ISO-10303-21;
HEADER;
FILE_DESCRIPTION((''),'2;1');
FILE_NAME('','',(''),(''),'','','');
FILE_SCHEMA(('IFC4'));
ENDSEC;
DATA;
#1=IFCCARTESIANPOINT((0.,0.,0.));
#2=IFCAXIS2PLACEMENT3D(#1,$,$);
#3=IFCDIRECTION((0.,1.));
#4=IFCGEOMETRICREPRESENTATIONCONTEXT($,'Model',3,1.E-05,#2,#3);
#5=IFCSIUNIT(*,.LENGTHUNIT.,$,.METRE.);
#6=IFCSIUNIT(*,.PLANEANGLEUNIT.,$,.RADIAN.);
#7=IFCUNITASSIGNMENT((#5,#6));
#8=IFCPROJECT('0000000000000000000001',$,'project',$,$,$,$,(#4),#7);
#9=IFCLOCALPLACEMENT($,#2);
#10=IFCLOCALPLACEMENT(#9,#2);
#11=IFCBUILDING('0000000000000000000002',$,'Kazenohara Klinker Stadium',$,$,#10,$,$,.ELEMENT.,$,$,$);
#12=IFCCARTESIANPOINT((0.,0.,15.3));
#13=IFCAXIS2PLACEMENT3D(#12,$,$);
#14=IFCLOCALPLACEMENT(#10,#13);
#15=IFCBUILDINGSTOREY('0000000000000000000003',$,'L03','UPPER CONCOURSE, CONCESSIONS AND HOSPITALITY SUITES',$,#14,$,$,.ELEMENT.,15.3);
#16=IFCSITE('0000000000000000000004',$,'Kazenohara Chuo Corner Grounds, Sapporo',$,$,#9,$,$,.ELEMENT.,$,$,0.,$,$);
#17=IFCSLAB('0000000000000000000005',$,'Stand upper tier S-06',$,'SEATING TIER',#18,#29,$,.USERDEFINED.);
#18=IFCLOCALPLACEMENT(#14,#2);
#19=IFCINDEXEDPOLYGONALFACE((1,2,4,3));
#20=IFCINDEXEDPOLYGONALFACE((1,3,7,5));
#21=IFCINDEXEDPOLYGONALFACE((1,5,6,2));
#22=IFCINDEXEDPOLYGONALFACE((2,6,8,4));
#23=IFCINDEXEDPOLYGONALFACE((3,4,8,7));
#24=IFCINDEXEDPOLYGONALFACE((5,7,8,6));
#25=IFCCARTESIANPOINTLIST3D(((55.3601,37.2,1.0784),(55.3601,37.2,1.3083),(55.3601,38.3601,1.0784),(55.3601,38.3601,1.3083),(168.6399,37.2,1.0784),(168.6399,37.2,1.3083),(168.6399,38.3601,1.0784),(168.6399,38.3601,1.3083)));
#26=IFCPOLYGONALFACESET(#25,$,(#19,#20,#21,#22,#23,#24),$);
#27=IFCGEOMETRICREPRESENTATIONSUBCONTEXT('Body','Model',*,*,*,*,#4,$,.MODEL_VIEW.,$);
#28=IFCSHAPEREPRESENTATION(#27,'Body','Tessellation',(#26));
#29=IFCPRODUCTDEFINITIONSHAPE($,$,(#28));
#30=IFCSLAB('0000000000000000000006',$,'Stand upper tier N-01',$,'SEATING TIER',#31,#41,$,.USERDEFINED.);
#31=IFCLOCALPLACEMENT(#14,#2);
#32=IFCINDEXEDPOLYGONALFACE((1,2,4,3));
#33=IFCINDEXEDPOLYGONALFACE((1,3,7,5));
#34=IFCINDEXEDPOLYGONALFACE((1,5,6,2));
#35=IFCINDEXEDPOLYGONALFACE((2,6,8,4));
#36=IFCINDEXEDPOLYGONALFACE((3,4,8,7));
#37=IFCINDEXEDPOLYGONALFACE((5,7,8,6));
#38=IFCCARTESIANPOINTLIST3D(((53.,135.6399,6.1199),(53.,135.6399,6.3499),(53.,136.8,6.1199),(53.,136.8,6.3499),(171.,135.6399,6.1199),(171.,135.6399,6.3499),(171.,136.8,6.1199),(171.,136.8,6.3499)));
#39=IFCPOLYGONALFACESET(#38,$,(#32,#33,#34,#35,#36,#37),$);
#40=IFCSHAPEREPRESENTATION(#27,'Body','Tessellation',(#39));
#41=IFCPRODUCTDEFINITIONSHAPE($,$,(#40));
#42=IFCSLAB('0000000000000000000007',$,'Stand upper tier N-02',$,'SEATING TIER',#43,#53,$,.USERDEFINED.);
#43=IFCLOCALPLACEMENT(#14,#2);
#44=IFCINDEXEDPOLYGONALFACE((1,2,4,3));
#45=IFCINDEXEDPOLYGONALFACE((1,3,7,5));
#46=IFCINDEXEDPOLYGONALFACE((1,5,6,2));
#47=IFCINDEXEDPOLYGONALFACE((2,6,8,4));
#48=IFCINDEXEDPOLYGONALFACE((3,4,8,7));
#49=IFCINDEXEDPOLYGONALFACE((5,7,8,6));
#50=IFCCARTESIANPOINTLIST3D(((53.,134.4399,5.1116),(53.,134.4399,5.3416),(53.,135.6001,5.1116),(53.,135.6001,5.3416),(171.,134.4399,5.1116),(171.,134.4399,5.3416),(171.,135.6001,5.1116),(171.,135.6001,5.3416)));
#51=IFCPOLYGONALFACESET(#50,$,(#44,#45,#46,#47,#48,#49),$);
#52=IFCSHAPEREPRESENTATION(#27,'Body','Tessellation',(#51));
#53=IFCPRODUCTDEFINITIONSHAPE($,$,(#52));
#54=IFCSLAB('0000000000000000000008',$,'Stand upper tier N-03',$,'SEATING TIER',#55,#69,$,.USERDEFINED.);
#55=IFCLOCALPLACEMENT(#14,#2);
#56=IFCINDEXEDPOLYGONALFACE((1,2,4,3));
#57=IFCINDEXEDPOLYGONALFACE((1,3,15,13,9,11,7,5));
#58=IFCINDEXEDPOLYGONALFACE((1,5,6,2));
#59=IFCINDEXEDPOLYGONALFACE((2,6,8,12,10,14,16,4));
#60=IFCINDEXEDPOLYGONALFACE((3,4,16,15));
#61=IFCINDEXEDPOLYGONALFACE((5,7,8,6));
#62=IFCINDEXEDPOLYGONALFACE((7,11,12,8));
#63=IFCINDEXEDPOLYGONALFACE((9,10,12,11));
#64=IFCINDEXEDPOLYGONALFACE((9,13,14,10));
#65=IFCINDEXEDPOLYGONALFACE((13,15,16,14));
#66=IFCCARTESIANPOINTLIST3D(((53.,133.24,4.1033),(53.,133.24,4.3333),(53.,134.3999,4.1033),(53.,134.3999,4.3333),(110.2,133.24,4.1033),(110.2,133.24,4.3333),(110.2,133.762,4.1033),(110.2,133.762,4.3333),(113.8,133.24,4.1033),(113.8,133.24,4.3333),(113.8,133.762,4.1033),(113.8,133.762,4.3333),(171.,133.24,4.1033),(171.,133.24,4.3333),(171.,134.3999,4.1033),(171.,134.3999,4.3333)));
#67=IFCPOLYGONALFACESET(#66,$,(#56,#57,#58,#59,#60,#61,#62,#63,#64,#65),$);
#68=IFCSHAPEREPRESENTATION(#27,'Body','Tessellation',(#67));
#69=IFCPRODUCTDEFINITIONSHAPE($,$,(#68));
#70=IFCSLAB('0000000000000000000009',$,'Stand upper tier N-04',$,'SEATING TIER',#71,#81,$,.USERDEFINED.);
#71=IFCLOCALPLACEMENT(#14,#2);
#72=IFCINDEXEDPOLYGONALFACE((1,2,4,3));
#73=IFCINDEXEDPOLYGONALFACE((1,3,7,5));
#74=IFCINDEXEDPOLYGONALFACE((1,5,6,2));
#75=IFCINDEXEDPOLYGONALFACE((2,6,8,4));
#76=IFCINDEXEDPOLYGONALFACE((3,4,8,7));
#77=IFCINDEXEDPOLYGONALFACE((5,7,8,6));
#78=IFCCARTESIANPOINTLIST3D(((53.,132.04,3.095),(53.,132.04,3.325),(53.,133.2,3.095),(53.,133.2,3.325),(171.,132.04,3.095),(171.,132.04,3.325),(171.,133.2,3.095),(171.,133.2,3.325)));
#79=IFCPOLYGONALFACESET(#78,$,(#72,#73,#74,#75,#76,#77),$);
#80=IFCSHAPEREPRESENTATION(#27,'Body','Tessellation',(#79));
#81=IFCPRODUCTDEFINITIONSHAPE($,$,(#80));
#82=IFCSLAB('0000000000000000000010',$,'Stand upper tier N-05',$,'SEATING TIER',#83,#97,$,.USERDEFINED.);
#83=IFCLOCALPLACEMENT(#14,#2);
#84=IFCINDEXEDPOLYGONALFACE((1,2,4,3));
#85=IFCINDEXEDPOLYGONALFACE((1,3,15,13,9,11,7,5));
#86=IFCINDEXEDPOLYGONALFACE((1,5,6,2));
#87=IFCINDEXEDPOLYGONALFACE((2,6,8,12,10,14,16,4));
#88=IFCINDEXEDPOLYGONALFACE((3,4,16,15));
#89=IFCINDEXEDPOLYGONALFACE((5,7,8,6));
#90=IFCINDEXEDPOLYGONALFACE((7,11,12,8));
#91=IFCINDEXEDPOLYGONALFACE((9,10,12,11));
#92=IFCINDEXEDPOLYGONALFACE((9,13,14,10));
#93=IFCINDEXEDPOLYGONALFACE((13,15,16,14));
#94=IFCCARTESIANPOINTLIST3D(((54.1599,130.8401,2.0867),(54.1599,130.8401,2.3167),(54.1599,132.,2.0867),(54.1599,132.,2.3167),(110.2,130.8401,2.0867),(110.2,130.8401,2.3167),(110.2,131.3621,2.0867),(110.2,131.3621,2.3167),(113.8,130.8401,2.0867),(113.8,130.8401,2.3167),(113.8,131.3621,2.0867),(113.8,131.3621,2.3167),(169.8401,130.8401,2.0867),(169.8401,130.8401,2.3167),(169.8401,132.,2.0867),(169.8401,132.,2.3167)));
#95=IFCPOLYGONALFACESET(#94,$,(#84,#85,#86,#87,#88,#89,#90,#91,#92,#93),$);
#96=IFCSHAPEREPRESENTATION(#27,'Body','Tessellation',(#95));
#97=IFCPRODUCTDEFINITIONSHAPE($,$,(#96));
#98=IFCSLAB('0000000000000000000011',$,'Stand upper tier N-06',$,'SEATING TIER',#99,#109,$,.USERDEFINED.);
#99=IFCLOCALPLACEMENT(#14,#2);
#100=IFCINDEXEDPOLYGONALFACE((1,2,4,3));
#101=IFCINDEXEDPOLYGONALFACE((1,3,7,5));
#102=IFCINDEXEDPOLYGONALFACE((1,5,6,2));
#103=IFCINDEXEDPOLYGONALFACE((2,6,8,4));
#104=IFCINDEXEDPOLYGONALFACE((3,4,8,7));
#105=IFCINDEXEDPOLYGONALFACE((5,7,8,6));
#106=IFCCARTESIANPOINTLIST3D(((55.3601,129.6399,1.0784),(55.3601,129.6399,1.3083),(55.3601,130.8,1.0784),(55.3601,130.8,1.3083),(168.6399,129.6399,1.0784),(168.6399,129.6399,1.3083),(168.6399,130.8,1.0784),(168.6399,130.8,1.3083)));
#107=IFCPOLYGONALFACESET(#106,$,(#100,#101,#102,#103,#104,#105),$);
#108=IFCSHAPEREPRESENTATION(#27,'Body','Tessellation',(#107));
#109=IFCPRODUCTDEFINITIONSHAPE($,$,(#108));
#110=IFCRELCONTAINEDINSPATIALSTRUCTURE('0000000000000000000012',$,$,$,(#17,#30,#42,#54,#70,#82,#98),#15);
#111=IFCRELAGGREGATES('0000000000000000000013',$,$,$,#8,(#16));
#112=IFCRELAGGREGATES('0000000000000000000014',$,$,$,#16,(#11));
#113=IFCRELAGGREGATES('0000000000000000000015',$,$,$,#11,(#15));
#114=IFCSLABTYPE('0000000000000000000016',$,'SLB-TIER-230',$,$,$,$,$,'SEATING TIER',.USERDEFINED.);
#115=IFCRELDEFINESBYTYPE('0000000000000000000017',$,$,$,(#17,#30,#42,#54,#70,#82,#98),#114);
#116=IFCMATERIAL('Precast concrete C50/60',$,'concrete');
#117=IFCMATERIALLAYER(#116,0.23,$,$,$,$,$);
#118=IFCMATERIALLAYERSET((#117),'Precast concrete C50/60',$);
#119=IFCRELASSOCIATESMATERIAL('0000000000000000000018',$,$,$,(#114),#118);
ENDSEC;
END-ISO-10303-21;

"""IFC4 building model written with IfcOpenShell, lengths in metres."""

from ifc_helpers import new_model, si_unit, direction, frame, origin, place, context, subcontext, project, spatial, polyline, outline, extrude, material, layer, layer_set, type_object, element, save


model = new_model("IFC4")

# Units and contexts
model_context = context("Model", 3, precision=1e-05, world=origin(), true_north=direction((0.0, 1.0)))
body_context = subcontext(model_context, "Body", "Model", "MODEL_VIEW")
ifc_project = project(units=[si_unit("LENGTHUNIT", "METRE"), si_unit("PLANEANGLEUNIT", "RADIAN")], contexts=[model_context])

# Site, building, storey
site_placement = place(None, origin())
site = spatial("IfcSite", under=ifc_project, at=site_placement, Name="Kazenohara Chuo Corner Grounds, Sapporo", CompositionType="ELEMENT", RefElevation=0.0)
building_placement = place(site_placement, origin())
building = spatial("IfcBuilding", under=site, at=building_placement, Name="Kazenohara Klinker Stadium", CompositionType="ELEMENT")
storey_placement = place(building_placement, frame((0.0, 0.0, 15.3)))
storey = spatial("IfcBuildingStorey", under=building, at=storey_placement, Name="L03", Description="UPPER CONCOURSE, CONCESSIONS AND HOSPITALITY SUITES", CompositionType="ELEMENT", Elevation=15.3)

# Slabs
ifc_material_1 = material(Name="Precast concrete C50/60", Category="concrete")
ifc_layer_1 = layer(ifc_material_1, 0.23)
ifc_layer_set_1 = layer_set([ifc_layer_1], Name="Precast concrete C50/60")
slab_type_1 = type_object("IfcSlabType", Name="SLB-TIER-230", ElementType="SEATING TIER", PredefinedType="USERDEFINED", material=ifc_layer_set_1)
slab_1_placement = place(storey_placement, frame((0.0, 0.0, 1.0784)))
element("IfcSlab", 1, at=slab_1_placement, inside=storey, type_object=slab_type_1, Name="Stand upper tier S-06", ObjectType="SEATING TIER", PredefinedType="USERDEFINED", context=body_context, shape_type="SweptSolid", body=[
    extrude(outline(polyline([(55.3601, 37.2), (168.6399, 37.2), (168.6399, 38.3601), (55.3601, 38.3601), (55.3601, 37.2)])), origin(), (0.0, 0.0, 1.0), 0.23),
])
slab_2_placement = place(storey_placement, frame((0.0, 0.0, 6.1199)))
element("IfcSlab", 2, at=slab_2_placement, inside=storey, type_object=slab_type_1, Name="Stand upper tier N-01", ObjectType="SEATING TIER", PredefinedType="USERDEFINED", context=body_context, shape_type="SweptSolid", body=[
    extrude(outline(polyline([(53.0, 135.6399), (171.0, 135.6399), (171.0, 136.8), (53.0, 136.8), (53.0, 135.6399)])), origin(), (0.0, 0.0, 1.0), 0.23),
])
slab_3_placement = place(storey_placement, frame((0.0, 0.0, 5.1116)))
element("IfcSlab", 3, at=slab_3_placement, inside=storey, type_object=slab_type_1, Name="Stand upper tier N-02", ObjectType="SEATING TIER", PredefinedType="USERDEFINED", context=body_context, shape_type="SweptSolid", body=[
    extrude(outline(polyline([(53.0, 134.4399), (171.0, 134.4399), (171.0, 135.6001), (53.0, 135.6001), (53.0, 134.4399)])), origin(), (0.0, 0.0, 1.0), 0.23),
])
slab_4_placement = place(storey_placement, frame((0.0, 0.0, 4.1033)))
element("IfcSlab", 4, at=slab_4_placement, inside=storey, type_object=slab_type_1, Name="Stand upper tier N-03", ObjectType="SEATING TIER", PredefinedType="USERDEFINED", context=body_context, shape_type="SweptSolid", body=[
    extrude(outline(polyline([(53.0, 133.24), (110.2, 133.24), (110.2, 133.762), (113.8, 133.762), (113.8, 133.24), (171.0, 133.24), (171.0, 134.3999), (53.0, 134.3999), (53.0, 133.24)])), origin(), (0.0, 0.0, 1.0), 0.23),
])
slab_5_placement = place(storey_placement, frame((0.0, 0.0, 3.095)))
element("IfcSlab", 5, at=slab_5_placement, inside=storey, type_object=slab_type_1, Name="Stand upper tier N-04", ObjectType="SEATING TIER", PredefinedType="USERDEFINED", context=body_context, shape_type="SweptSolid", body=[
    extrude(outline(polyline([(53.0, 132.04), (171.0, 132.04), (171.0, 133.2), (53.0, 133.2), (53.0, 132.04)])), origin(), (0.0, 0.0, 1.0), 0.23),
])
slab_6_placement = place(storey_placement, frame((0.0, 0.0, 2.0867)))
element("IfcSlab", 6, at=slab_6_placement, inside=storey, type_object=slab_type_1, Name="Stand upper tier N-05", ObjectType="SEATING TIER", PredefinedType="USERDEFINED", context=body_context, shape_type="SweptSolid", body=[
    extrude(outline(polyline([(54.1599, 130.8401), (110.2, 130.8401), (110.2, 131.3621), (113.8, 131.3621), (113.8, 130.8401), (169.8401, 130.8401), (169.8401, 132.0), (54.1599, 132.0), (54.1599, 130.8401)])), origin(), (0.0, 0.0, 1.0), 0.23),
])
slab_7_placement = place(storey_placement, frame((0.0, 0.0, 1.0784)))
element("IfcSlab", 7, at=slab_7_placement, inside=storey, type_object=slab_type_1, Name="Stand upper tier N-06", ObjectType="SEATING TIER", PredefinedType="USERDEFINED", context=body_context, shape_type="SweptSolid", body=[
    extrude(outline(polyline([(55.3601, 129.6399), (168.6399, 129.6399), (168.6399, 130.8), (55.3601, 130.8), (55.3601, 129.6399)])), origin(), (0.0, 0.0, 1.0), 0.23),
])

save(model, "model.ifc")
